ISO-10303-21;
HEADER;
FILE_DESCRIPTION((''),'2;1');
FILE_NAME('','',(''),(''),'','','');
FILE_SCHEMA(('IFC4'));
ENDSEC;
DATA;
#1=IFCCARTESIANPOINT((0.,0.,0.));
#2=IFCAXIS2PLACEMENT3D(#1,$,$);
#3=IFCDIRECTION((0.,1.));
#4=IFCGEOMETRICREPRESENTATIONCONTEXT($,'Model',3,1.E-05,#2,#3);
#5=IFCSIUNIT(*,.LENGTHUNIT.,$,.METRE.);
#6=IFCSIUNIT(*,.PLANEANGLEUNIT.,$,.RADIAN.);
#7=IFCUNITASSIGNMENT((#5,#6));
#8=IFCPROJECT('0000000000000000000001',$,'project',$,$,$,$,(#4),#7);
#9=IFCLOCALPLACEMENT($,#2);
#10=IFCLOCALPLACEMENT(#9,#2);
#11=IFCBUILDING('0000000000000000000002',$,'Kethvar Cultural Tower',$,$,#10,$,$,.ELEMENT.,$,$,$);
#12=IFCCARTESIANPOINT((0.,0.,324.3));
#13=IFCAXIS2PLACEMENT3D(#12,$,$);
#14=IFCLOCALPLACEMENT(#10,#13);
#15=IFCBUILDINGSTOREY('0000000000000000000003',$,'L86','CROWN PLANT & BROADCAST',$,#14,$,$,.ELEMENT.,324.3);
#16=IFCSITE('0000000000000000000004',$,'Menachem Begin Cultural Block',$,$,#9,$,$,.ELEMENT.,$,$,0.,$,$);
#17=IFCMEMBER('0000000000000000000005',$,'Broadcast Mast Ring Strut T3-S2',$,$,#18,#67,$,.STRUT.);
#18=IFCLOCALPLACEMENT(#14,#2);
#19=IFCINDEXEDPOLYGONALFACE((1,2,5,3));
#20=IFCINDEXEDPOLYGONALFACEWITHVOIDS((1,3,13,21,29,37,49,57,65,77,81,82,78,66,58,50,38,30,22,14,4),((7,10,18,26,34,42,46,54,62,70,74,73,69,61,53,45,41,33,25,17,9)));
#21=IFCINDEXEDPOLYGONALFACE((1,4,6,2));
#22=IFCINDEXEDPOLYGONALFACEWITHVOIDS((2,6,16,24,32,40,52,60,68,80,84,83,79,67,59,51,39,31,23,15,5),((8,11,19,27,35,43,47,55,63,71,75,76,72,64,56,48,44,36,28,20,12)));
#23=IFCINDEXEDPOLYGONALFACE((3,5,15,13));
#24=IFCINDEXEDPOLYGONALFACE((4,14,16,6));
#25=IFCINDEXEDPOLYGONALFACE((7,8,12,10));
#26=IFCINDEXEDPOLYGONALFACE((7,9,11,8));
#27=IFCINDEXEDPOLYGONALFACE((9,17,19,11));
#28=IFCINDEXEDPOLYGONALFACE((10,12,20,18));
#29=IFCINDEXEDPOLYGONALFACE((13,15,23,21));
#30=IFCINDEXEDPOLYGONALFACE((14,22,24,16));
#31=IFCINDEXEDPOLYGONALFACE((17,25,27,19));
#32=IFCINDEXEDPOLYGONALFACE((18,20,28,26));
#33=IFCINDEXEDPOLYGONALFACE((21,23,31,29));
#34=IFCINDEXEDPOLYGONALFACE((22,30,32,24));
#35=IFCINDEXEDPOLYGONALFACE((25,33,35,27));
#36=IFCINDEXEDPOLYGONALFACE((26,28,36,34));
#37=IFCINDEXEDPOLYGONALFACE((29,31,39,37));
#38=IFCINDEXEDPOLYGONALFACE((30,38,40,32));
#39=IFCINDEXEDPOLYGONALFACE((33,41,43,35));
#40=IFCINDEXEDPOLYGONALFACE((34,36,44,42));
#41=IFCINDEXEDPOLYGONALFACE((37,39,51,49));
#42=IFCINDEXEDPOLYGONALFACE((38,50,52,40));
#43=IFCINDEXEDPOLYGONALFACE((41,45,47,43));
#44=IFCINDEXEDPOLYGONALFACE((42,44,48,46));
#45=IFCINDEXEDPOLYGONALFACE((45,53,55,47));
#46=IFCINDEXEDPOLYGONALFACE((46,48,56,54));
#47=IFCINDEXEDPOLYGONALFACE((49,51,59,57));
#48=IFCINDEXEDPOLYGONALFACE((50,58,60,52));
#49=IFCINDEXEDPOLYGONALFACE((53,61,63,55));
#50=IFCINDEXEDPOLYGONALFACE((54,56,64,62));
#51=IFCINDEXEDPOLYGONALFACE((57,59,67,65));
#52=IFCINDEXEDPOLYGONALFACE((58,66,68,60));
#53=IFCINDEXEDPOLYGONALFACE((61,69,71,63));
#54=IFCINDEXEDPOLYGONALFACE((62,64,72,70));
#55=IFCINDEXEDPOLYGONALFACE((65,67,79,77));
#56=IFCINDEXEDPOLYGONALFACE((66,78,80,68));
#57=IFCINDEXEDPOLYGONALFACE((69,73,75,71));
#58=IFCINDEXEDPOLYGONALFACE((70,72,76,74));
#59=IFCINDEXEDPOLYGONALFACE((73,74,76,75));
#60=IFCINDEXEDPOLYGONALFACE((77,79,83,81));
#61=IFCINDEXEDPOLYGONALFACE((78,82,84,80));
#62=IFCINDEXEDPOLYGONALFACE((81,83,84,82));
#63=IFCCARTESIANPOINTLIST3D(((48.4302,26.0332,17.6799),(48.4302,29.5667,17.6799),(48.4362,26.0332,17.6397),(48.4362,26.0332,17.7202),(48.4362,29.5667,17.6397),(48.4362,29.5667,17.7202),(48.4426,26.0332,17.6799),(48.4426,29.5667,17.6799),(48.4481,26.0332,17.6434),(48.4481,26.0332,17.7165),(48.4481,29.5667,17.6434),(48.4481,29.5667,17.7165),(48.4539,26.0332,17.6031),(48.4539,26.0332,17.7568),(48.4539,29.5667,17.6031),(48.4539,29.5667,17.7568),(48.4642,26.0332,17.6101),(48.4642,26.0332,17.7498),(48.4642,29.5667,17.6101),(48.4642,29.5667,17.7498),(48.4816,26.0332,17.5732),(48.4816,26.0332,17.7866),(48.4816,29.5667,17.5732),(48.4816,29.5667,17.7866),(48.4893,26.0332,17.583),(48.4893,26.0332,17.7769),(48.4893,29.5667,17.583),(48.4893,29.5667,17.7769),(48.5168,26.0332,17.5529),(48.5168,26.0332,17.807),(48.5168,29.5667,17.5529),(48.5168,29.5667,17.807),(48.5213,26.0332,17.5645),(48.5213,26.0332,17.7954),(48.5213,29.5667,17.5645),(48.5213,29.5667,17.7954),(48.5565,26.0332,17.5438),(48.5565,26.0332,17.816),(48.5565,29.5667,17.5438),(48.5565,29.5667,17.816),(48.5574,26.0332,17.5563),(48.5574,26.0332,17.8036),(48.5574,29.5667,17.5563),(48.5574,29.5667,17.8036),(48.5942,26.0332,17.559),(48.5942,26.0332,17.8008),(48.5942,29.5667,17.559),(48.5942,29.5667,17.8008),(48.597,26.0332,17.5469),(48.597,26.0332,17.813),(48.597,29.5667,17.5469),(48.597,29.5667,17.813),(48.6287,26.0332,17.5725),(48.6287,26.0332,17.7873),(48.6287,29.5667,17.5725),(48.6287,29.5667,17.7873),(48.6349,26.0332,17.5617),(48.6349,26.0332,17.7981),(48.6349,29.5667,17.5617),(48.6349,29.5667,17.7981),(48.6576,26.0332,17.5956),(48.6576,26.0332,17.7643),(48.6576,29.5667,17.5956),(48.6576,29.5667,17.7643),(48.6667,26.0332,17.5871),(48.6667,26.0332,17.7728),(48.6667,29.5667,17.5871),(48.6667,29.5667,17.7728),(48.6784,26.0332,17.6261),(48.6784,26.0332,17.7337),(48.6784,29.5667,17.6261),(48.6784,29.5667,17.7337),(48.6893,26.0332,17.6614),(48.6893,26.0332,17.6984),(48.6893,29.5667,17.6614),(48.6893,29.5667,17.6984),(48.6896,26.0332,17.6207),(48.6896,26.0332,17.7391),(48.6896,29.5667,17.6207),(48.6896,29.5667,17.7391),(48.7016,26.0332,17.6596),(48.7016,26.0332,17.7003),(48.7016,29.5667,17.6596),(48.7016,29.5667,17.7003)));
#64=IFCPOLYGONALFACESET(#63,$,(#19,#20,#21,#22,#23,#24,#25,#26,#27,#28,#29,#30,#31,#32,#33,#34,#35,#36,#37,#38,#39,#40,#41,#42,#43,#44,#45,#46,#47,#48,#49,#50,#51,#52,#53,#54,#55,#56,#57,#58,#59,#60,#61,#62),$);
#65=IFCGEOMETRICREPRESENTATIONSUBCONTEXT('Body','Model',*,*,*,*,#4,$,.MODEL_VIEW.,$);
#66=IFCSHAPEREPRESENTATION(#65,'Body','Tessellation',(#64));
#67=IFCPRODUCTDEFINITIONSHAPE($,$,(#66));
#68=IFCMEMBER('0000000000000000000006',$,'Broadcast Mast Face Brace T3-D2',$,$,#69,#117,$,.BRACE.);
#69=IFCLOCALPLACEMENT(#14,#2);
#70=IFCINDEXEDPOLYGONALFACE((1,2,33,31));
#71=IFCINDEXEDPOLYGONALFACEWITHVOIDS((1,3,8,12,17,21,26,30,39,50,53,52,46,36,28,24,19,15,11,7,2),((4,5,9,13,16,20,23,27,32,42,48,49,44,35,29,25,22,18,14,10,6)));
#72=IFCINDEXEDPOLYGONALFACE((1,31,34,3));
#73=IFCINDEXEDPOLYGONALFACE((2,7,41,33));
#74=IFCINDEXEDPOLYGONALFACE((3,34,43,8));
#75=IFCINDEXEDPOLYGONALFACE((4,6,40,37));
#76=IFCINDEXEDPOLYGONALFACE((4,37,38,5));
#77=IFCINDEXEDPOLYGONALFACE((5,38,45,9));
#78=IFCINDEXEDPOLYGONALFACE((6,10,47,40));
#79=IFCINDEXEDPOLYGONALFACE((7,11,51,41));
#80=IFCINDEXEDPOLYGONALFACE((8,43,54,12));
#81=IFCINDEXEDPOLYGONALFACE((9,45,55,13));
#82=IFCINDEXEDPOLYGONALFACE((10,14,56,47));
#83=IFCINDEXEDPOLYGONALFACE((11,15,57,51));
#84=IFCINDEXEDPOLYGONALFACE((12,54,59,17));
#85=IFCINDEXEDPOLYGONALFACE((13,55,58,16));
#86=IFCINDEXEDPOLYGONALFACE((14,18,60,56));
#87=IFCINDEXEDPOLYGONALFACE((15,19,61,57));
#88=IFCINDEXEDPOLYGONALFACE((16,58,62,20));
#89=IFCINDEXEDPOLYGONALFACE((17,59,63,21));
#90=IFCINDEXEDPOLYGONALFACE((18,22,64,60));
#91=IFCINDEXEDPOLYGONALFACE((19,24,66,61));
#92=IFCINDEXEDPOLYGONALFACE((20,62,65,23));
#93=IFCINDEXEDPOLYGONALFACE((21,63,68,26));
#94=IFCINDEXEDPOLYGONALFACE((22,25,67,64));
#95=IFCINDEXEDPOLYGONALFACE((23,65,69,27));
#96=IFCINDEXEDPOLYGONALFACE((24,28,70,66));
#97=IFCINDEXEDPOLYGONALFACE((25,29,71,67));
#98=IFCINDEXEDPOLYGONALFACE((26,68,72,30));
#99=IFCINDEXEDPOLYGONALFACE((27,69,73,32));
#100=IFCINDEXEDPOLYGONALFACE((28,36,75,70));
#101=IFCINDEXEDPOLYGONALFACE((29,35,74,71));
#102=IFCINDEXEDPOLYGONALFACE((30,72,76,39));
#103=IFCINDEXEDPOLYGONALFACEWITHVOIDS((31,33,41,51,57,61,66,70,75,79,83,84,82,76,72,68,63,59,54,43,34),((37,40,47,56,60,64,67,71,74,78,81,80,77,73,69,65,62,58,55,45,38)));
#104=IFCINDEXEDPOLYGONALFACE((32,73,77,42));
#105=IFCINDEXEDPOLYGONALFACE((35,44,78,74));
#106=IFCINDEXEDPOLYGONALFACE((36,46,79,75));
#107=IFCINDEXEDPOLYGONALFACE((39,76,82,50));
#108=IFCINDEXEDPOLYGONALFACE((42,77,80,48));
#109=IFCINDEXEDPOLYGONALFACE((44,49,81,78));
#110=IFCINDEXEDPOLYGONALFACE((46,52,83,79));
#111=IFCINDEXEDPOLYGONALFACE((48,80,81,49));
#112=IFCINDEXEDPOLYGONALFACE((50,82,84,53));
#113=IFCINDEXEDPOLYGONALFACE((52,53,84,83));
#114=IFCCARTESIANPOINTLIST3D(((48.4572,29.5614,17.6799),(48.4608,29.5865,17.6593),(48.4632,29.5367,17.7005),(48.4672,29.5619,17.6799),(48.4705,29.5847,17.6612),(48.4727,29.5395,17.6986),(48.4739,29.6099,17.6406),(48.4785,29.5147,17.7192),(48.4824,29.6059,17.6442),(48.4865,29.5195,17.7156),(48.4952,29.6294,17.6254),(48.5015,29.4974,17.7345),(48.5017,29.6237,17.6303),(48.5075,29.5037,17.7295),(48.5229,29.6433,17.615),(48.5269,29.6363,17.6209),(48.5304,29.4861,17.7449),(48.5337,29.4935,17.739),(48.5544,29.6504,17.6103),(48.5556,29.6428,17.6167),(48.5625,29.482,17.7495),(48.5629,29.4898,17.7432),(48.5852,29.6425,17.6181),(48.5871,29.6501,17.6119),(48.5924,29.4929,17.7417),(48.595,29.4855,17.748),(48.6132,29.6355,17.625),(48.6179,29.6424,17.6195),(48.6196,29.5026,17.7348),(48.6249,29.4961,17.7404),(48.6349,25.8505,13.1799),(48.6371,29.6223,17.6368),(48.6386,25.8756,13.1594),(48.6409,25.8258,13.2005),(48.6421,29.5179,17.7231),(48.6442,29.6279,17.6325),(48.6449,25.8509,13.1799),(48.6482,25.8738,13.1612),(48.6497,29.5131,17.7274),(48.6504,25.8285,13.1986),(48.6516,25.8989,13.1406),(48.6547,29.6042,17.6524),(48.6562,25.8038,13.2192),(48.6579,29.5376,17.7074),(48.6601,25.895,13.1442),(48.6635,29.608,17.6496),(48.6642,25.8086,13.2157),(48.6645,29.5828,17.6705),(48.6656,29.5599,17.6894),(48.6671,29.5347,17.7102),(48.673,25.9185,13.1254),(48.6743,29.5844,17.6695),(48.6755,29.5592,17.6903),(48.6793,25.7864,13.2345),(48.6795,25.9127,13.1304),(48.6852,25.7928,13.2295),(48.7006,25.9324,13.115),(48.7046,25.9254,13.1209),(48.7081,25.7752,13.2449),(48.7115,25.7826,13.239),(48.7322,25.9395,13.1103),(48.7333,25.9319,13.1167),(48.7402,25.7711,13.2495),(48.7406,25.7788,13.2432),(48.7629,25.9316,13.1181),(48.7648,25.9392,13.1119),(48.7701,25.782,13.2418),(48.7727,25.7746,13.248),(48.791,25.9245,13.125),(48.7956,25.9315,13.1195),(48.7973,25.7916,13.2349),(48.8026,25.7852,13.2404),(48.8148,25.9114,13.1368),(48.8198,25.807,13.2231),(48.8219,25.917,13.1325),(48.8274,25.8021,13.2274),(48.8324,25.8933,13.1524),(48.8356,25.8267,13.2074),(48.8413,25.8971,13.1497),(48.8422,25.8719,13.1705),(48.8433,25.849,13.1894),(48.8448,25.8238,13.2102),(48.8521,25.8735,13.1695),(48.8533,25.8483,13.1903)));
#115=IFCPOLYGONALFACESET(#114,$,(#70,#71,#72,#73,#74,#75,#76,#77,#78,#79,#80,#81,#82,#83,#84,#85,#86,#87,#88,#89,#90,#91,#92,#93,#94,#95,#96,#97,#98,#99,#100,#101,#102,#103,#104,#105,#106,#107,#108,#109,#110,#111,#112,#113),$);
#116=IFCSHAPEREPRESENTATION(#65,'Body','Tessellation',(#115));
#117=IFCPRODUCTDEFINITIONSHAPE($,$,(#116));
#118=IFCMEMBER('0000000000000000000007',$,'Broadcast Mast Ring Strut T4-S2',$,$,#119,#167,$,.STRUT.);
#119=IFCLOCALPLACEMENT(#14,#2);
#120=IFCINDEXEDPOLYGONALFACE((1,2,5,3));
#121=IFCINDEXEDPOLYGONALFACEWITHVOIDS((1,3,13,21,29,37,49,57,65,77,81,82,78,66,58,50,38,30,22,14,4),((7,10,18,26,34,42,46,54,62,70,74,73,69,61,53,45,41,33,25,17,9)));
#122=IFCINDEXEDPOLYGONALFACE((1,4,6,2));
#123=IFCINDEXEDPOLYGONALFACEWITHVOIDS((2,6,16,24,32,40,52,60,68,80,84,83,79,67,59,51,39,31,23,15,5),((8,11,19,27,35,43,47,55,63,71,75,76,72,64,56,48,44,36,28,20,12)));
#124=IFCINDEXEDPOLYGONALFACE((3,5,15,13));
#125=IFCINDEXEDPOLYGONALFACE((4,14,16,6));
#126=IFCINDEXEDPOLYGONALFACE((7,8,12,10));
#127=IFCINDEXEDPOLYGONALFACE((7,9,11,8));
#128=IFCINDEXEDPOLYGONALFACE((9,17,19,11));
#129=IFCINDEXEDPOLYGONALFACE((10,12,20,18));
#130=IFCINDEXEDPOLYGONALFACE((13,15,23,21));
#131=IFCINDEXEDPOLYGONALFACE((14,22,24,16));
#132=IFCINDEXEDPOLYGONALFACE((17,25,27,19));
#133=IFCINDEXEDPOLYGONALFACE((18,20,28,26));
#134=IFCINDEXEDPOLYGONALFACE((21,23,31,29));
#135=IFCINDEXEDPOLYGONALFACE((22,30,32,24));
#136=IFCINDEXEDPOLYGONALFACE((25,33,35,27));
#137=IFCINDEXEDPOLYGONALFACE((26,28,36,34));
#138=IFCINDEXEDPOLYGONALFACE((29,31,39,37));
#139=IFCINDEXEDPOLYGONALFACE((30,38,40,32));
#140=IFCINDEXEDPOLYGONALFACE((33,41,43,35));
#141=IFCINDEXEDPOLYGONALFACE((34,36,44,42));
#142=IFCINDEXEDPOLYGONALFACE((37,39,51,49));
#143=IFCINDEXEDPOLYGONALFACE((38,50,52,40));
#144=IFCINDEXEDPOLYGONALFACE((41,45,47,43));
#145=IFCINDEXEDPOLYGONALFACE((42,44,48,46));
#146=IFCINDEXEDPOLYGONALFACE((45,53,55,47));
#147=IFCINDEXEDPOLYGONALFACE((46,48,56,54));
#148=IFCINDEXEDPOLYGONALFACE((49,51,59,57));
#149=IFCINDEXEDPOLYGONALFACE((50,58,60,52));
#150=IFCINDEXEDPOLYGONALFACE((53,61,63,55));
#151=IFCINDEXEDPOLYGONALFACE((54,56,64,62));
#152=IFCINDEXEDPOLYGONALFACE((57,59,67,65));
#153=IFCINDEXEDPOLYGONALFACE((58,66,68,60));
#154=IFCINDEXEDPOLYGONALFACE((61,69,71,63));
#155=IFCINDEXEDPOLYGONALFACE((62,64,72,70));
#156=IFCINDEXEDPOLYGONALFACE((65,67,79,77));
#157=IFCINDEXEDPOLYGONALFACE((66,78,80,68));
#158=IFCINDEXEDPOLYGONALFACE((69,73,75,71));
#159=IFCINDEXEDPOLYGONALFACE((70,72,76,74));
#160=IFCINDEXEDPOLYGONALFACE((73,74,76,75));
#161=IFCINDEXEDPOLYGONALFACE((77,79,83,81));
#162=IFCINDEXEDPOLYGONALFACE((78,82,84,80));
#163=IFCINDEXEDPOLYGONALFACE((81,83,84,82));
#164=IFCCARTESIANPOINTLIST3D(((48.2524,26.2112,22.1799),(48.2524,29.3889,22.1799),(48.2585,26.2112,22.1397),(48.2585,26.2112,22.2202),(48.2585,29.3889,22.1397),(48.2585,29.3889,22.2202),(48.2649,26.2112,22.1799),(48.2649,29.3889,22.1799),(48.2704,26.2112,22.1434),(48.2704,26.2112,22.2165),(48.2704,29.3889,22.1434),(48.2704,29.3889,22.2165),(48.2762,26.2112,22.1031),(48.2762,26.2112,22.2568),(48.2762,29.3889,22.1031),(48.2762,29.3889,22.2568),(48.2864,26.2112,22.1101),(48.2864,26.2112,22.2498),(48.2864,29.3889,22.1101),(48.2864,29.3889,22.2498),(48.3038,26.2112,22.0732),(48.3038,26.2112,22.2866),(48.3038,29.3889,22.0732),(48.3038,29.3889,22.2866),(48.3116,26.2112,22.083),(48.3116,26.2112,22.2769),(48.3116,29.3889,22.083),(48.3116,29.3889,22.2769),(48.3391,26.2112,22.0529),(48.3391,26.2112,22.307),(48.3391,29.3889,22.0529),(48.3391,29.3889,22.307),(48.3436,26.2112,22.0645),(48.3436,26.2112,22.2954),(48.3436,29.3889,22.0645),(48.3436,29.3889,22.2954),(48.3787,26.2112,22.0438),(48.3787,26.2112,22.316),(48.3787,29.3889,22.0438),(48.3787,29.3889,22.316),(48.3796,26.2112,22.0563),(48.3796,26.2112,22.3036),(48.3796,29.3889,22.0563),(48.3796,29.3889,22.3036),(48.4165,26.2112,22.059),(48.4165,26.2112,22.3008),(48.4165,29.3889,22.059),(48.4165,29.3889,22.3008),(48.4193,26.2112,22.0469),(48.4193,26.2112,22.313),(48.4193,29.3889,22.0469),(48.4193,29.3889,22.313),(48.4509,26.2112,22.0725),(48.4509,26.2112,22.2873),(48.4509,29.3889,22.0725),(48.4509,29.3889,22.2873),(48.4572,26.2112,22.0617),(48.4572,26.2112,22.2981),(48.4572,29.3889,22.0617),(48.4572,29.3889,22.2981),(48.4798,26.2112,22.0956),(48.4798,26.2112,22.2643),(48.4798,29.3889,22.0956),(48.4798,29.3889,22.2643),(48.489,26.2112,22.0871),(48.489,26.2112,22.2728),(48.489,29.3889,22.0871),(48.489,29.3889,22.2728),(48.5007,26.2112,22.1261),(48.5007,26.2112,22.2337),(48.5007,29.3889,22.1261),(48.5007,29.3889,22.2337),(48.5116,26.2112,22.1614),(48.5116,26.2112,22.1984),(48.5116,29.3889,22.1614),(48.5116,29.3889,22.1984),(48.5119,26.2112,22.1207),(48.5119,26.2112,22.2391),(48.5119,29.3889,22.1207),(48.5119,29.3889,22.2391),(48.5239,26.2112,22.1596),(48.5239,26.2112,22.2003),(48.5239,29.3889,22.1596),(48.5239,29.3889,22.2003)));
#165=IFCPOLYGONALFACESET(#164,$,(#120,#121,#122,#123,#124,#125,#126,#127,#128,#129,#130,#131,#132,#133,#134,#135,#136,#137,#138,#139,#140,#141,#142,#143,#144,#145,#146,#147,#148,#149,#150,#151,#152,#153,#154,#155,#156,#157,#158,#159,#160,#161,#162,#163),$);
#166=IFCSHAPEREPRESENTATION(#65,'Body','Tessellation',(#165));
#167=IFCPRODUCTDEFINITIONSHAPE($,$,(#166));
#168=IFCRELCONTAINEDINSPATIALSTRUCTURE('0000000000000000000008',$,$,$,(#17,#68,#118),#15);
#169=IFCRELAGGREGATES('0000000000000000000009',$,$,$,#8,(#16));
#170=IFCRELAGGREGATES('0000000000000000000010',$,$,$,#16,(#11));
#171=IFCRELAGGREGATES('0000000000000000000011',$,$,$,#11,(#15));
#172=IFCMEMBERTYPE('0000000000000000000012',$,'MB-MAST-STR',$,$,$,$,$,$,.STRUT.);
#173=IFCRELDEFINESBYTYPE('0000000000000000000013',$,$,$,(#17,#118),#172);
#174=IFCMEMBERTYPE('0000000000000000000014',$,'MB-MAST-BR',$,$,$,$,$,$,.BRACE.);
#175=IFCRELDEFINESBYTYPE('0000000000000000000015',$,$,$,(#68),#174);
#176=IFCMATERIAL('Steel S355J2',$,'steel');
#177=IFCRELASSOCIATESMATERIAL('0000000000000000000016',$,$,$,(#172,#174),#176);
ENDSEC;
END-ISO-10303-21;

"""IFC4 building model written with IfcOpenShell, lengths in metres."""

from ifc_helpers import new_model, si_unit, direction, frame, origin, origin_2d, place, context, subcontext, project, spatial, hollow_circle, extrude, source, transform, mapped, material, material_profile, profile_set, type_object, element, save


model = new_model("IFC4")

# Units and contexts
model_context = context("Model", 3, precision=1e-05, world=origin(), true_north=direction((0.0, 1.0)))
body_context = subcontext(model_context, "Body", "Model", "MODEL_VIEW")
ifc_project = project(units=[si_unit("LENGTHUNIT", "METRE"), si_unit("PLANEANGLEUNIT", "RADIAN")], contexts=[model_context])

# Site, building, storey
site_placement = place(None, origin())
site = spatial("IfcSite", under=ifc_project, at=site_placement, Name="Menachem Begin Cultural Block", CompositionType="ELEMENT", RefElevation=0.0)
building_placement = place(site_placement, origin())
building = spatial("IfcBuilding", under=site, at=building_placement, Name="Kethvar Cultural Tower", CompositionType="ELEMENT")
storey_placement = place(building_placement, frame((0.0, 0.0, 324.3)))
storey = spatial("IfcBuildingStorey", under=building, at=storey_placement, Name="L86", Description="CROWN PLANT & BROADCAST", CompositionType="ELEMENT", Elevation=324.3)

# Shared definitions
ifc_material_1 = material(Name="Steel S355J2", Category="steel")

# Members
ifc_material_profile_1 = material_profile(ifc_material_1, hollow_circle(Radius=0.1365, WallThickness=0.0125, at=origin_2d()), Name="Steel S355J2 — CHS273x12.5")
ifc_profile_set_1 = profile_set([ifc_material_profile_1], Name="Steel S355J2 — CHS273x12.5")
member_type_1 = type_object("IfcMemberType", Name="MB-MAST-STR", PredefinedType="STRUT", material=ifc_profile_set_1)
ifc_material_profile_2 = material_profile(ifc_material_1, hollow_circle(Radius=0.1096, WallThickness=0.01, at=origin_2d()), Name="Steel S355J2 — CHS219x10")
ifc_profile_set_2 = profile_set([ifc_material_profile_2], Name="Steel S355J2 — CHS219x10")
member_type_2 = type_object("IfcMemberType", Name="MB-MAST-BR", PredefinedType="BRACE", material=ifc_profile_set_2)
shared_shape_1 = source(origin(), body_context, "Body", "SweptSolid", [
    extrude(hollow_circle(Radius=0.1365, WallThickness=0.0125, at=origin_2d()), origin(), (0.0, 0.0, 1.0), 3.5334),
])
member_1_placement = place(storey_placement, frame((48.5667, 26.0332, 17.6799), z_axis=(0.0, 1.0, 0.0), x_axis=(-1.0, 0.0, 0.0)))
element("IfcMember", 1, at=member_1_placement, inside=storey, type_object=member_type_1, Name="Broadcast Mast Ring Strut T3-S2", PredefinedType="STRUT", context=body_context, shape_type="MappedRepresentation", body=[
    mapped(shared_shape_1, transform((0.0, 0.0, 0.0), scale=1.0)),
])
shared_shape_2 = source(origin(), body_context, "Body", "SweptSolid", [
    extrude(hollow_circle(Radius=0.1096, WallThickness=0.01, at=origin_2d()), origin(), (0.0, 0.0, 1.0), 5.8354),
])
member_2_placement = place(storey_placement, frame((48.7444, 25.8557, 13.1799), z_axis=(-0.030458, 0.635928, 0.771147), x_axis=(-0.998855, -0.04784, 0.0)))
element("IfcMember", 2, at=member_2_placement, inside=storey, type_object=member_type_2, Name="Broadcast Mast Face Brace T3-D2", PredefinedType="BRACE", context=body_context, shape_type="MappedRepresentation", body=[
    mapped(shared_shape_2, transform((0.0, 0.0, 0.0), scale=1.0)),
])
shared_shape_3 = source(origin(), body_context, "Body", "SweptSolid", [
    extrude(hollow_circle(Radius=0.1365, WallThickness=0.0125, at=origin_2d()), origin(), (0.0, 0.0, 1.0), 3.1777),
])
member_3_placement = place(storey_placement, frame((48.3889, 26.2112, 22.1799), z_axis=(0.0, 1.0, 0.0), x_axis=(-1.0, 0.0, 0.0)))
element("IfcMember", 3, at=member_3_placement, inside=storey, type_object=member_type_1, Name="Broadcast Mast Ring Strut T4-S2", PredefinedType="STRUT", context=body_context, shape_type="MappedRepresentation", body=[
    mapped(shared_shape_3, transform((0.0, 0.0, 0.0), scale=1.0)),
])

save(model, "model.ifc")
